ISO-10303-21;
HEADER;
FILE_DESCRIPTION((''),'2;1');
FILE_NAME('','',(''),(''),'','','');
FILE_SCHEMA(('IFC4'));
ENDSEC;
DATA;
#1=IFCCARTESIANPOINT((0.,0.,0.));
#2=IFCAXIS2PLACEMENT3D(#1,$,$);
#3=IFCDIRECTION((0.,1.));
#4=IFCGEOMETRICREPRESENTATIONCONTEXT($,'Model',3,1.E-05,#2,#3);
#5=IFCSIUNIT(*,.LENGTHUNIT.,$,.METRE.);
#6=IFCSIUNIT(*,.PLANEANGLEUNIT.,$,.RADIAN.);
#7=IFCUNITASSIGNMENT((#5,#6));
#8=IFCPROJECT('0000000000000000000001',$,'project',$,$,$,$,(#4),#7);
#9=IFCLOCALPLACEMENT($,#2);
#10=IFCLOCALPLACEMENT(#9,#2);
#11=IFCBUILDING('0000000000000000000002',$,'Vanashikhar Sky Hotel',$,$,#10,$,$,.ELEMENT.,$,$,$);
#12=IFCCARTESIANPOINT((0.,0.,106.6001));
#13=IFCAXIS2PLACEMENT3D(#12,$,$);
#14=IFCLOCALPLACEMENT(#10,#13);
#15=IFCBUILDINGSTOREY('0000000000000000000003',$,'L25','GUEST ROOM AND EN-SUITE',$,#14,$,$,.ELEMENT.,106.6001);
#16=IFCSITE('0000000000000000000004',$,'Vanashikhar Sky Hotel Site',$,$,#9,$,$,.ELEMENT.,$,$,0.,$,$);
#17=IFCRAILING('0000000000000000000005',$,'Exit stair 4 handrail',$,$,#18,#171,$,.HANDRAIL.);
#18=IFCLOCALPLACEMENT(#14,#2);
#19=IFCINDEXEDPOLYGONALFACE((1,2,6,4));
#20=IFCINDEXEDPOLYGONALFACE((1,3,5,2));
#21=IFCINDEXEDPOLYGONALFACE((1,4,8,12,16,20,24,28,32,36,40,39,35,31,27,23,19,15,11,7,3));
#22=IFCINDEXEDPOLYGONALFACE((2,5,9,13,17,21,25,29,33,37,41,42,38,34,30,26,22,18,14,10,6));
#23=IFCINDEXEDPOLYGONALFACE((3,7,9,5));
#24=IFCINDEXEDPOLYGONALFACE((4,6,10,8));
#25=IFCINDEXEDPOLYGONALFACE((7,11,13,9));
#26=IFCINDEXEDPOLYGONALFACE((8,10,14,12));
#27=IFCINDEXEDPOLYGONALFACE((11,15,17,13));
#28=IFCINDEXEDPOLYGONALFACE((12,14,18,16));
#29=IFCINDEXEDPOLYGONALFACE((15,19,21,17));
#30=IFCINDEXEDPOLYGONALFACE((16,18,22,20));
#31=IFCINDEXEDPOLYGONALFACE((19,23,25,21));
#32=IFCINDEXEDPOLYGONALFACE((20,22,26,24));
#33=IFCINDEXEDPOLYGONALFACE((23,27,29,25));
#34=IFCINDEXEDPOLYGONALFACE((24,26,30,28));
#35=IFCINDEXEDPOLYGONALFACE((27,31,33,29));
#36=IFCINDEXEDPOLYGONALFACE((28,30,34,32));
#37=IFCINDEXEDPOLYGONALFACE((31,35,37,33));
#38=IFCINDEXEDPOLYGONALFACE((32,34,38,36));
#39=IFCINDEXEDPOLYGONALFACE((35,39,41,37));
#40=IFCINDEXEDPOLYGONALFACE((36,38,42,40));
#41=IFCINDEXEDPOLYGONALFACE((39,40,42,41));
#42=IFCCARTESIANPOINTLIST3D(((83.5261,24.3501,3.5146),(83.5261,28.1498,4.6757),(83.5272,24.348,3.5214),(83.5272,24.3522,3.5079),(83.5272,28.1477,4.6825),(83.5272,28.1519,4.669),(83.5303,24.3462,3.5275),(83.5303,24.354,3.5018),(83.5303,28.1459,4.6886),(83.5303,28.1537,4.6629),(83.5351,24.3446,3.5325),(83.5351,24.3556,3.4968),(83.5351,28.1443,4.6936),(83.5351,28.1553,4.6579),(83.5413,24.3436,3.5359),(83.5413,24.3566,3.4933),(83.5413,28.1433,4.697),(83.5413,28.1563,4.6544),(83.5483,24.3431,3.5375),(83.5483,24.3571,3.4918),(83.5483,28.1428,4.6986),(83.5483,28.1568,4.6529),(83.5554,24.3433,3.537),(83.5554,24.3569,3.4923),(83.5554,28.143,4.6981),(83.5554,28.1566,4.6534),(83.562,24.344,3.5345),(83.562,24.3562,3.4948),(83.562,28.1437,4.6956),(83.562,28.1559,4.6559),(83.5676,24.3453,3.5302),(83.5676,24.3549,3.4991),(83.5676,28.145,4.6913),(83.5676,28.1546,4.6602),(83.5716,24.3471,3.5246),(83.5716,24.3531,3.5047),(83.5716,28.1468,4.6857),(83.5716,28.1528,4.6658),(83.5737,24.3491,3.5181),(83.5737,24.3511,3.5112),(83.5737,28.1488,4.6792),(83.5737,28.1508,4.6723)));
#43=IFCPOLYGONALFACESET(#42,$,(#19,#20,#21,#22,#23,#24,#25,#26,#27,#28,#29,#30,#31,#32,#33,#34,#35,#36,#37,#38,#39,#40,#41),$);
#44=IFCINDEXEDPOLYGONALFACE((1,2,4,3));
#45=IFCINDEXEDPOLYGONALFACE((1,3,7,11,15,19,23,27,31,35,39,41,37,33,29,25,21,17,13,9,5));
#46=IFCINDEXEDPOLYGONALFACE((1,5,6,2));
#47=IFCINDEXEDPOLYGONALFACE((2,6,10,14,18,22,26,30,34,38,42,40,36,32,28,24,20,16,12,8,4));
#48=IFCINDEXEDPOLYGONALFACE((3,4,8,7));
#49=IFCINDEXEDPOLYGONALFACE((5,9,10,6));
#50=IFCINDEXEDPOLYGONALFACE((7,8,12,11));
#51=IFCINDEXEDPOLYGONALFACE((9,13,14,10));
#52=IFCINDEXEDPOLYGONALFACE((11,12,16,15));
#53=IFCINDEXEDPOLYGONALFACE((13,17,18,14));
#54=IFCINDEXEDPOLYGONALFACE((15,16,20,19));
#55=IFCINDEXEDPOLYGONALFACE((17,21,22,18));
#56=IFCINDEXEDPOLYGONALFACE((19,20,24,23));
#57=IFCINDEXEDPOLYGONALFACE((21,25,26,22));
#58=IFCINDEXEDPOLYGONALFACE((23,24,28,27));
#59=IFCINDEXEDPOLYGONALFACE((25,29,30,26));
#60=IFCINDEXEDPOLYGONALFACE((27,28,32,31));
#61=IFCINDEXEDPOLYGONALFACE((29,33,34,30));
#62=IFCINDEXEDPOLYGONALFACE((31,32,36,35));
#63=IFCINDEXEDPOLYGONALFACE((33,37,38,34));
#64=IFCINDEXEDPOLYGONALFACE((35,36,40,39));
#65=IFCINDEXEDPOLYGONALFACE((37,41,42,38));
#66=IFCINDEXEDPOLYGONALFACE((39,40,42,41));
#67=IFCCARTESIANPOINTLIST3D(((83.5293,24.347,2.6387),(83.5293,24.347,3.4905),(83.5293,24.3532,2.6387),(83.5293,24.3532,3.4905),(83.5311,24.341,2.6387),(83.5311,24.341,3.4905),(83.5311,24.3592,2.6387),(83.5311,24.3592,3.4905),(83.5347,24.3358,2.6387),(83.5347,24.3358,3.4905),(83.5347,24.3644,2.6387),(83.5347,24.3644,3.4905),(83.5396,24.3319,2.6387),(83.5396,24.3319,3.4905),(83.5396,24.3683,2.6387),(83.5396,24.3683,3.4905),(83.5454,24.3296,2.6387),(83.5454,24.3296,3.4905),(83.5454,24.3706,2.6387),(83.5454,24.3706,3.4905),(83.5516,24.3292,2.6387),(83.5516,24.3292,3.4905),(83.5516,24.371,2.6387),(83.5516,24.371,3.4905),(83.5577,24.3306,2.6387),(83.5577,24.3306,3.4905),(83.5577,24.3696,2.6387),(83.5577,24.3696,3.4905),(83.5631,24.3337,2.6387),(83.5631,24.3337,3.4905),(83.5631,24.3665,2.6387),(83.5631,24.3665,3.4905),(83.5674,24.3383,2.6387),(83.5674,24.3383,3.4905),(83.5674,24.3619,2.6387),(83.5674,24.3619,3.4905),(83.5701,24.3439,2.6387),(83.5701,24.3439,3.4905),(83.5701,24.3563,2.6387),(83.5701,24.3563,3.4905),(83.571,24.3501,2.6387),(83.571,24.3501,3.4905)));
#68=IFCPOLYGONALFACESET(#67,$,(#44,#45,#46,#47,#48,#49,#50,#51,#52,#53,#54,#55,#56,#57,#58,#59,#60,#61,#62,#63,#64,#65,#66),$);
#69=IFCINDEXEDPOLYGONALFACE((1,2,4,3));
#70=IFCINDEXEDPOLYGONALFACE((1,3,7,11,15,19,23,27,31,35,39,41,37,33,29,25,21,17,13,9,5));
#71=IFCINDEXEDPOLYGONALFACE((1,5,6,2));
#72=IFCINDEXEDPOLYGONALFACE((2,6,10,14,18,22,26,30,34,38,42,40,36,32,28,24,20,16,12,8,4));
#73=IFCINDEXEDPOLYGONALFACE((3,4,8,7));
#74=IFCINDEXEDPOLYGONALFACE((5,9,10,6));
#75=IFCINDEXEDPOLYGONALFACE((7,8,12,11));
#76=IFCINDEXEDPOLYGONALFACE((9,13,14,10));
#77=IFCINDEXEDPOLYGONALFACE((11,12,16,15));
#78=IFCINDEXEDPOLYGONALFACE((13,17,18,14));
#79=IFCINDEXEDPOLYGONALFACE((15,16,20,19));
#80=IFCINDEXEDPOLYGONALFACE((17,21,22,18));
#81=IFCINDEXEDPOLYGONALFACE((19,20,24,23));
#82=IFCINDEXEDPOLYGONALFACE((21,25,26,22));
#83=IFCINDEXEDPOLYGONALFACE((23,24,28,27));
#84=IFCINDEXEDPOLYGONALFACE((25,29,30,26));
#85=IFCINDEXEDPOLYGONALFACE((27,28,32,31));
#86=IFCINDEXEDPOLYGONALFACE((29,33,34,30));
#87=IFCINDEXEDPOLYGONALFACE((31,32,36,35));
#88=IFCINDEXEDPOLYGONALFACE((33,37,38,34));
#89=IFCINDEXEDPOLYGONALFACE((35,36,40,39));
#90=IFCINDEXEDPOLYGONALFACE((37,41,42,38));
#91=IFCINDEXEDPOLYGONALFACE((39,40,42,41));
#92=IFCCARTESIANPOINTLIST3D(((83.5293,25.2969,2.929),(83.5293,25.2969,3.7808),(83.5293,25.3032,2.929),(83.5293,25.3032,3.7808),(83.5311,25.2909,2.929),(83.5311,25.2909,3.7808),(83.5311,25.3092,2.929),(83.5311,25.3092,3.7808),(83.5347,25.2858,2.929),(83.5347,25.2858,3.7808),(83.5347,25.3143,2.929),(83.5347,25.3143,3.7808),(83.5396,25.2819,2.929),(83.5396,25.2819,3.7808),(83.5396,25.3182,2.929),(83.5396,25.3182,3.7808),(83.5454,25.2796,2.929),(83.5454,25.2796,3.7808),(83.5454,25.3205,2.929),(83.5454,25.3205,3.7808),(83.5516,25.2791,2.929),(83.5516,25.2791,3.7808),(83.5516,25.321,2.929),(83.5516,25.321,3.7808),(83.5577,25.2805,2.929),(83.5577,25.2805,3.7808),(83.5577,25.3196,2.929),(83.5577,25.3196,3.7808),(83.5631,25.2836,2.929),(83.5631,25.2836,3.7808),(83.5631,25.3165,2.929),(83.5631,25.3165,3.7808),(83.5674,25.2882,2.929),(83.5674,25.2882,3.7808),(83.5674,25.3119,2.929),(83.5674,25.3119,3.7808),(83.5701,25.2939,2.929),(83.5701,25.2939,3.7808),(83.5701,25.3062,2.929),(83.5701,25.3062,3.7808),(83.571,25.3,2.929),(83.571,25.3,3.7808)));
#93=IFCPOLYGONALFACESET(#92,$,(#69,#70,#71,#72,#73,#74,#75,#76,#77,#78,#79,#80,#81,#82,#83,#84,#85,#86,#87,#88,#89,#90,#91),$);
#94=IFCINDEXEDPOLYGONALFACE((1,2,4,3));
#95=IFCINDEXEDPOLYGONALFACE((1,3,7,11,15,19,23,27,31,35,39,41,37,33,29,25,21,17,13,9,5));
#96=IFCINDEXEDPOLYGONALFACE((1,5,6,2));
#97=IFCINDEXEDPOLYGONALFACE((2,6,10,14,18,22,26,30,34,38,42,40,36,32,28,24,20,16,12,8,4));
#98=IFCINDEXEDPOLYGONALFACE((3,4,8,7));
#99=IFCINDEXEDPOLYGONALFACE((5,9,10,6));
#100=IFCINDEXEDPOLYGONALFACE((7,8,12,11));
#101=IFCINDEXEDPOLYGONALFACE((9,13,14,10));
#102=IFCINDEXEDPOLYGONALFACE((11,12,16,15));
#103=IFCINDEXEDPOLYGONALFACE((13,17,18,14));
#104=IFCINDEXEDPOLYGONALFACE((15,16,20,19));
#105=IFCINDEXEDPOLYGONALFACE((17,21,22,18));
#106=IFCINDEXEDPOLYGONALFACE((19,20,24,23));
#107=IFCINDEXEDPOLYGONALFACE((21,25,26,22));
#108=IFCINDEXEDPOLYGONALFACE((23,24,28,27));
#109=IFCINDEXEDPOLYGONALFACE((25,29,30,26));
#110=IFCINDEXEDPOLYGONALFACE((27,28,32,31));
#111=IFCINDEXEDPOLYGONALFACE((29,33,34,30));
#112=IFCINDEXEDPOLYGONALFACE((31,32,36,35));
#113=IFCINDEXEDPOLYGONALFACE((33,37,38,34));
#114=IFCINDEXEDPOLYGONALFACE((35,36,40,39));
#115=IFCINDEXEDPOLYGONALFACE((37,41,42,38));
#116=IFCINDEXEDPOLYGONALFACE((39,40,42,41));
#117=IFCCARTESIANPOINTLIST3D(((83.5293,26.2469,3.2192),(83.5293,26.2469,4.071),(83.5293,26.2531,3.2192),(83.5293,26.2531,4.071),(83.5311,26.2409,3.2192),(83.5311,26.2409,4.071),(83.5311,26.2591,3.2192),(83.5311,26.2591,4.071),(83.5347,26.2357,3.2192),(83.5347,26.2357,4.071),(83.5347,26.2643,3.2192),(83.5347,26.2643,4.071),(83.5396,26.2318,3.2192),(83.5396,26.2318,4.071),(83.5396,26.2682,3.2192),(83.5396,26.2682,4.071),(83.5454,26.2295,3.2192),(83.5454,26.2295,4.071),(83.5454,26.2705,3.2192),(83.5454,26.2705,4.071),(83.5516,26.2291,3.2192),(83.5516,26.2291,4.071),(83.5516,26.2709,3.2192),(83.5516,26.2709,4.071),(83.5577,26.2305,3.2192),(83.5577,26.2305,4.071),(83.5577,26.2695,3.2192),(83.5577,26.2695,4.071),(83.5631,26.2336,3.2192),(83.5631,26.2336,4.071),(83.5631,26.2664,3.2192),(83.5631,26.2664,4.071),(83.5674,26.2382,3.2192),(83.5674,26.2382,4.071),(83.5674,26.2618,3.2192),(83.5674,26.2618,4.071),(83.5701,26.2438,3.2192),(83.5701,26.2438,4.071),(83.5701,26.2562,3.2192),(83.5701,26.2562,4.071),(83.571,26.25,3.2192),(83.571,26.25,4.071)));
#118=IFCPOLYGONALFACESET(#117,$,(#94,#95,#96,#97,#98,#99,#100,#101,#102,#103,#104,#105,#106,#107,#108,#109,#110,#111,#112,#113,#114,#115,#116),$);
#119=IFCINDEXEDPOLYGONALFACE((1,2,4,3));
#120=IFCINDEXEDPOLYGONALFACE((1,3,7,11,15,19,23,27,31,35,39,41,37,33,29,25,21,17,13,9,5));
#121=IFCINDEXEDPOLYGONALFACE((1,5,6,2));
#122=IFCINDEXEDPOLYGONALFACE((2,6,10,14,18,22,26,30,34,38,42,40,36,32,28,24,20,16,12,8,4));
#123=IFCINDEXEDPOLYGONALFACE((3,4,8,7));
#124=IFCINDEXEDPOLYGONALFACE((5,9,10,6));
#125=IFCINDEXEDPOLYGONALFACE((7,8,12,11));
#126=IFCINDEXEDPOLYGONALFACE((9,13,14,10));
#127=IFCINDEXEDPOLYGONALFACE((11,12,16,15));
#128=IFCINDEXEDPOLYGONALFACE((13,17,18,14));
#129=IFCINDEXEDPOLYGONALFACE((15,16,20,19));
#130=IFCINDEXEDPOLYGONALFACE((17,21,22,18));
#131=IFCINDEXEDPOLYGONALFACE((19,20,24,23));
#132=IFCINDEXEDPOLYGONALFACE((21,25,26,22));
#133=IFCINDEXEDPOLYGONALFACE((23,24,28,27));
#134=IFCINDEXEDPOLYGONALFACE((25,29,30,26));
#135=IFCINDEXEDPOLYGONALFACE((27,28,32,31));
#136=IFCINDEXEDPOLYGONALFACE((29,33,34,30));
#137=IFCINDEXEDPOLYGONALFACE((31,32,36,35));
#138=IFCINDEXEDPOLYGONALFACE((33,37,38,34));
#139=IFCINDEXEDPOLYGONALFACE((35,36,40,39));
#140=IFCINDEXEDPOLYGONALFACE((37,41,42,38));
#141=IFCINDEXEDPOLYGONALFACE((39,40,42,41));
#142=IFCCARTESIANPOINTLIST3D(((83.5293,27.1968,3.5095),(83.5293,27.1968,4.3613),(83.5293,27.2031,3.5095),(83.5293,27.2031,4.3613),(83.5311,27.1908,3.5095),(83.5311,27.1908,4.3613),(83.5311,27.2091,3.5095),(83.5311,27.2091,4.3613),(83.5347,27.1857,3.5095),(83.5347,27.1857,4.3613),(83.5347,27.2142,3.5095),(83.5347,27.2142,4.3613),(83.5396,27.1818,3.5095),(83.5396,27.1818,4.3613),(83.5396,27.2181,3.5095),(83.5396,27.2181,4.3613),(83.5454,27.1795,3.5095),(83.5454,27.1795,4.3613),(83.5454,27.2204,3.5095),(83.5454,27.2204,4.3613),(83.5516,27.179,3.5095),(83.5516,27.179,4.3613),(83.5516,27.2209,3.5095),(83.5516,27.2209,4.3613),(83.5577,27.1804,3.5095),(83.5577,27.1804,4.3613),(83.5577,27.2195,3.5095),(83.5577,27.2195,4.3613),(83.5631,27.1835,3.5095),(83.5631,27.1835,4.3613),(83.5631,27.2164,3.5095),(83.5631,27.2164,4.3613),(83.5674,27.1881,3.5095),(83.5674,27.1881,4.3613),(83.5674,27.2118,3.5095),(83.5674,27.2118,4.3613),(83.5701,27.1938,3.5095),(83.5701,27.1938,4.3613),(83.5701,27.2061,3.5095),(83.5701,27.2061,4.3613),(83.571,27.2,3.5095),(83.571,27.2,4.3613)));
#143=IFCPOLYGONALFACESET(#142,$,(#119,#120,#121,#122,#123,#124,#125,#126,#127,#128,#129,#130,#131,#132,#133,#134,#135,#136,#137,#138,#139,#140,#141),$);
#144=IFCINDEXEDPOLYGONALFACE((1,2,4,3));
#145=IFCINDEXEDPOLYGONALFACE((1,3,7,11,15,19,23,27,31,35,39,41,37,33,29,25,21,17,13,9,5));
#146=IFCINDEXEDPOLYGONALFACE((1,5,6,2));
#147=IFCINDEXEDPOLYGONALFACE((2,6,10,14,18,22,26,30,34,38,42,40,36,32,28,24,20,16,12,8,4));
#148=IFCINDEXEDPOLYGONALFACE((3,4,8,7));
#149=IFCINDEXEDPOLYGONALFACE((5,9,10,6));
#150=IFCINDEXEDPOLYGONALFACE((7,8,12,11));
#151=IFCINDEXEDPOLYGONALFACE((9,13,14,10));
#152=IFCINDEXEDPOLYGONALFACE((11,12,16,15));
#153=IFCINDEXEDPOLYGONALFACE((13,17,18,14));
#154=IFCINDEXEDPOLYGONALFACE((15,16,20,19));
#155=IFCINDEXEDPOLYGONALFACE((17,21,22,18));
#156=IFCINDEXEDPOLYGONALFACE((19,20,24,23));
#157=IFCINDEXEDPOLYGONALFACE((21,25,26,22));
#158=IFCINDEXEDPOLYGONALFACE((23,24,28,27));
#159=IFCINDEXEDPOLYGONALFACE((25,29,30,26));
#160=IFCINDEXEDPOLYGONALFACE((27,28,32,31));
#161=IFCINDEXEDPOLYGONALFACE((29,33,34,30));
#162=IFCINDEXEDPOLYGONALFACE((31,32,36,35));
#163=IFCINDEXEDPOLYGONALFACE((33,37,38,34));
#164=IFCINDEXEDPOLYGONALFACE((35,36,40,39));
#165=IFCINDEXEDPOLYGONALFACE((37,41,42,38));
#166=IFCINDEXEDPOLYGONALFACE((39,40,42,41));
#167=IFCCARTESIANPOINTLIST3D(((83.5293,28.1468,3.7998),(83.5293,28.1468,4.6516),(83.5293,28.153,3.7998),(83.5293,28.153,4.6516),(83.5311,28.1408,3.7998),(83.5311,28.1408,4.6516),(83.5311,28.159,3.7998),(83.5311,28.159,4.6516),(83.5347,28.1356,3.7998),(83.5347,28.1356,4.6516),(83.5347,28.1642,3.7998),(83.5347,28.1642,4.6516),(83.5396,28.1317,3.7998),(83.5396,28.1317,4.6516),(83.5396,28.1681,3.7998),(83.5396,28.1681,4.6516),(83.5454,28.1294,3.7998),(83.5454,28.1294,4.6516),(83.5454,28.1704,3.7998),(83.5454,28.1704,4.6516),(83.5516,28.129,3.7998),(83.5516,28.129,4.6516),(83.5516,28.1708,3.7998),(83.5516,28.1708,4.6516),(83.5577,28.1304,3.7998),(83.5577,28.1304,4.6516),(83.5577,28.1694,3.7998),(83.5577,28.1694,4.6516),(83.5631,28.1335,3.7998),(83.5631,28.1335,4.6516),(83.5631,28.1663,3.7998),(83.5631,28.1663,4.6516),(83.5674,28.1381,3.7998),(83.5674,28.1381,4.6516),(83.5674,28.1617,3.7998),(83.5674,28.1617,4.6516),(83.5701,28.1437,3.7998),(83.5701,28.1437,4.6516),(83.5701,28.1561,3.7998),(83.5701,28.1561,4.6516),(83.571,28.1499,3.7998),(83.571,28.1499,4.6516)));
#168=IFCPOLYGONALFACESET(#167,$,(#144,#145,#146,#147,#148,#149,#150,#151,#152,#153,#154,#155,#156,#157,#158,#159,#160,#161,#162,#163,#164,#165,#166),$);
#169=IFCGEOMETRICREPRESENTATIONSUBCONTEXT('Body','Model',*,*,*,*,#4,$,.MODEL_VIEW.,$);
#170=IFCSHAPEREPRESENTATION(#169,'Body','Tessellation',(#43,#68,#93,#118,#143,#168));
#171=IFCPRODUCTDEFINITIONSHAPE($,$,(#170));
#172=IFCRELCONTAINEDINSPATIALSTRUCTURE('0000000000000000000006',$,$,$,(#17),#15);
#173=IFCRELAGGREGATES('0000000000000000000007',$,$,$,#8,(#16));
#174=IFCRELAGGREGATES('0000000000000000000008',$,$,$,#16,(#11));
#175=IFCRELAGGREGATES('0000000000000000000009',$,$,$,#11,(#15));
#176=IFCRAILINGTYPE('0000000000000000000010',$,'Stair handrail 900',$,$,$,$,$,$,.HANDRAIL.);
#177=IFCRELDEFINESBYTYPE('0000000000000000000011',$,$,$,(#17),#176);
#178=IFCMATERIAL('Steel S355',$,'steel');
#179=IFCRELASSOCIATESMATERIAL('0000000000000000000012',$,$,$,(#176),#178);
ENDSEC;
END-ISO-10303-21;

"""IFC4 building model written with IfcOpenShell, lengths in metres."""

from ifc_helpers import new_model, si_unit, direction, frame, origin, origin_2d, place, context, subcontext, project, spatial, circle, extrude, source, transform, mapped, material, type_object, element, save


model = new_model("IFC4")

# Units and contexts
model_context = context("Model", 3, precision=1e-05, world=origin(), true_north=direction((0.0, 1.0)))
body_context = subcontext(model_context, "Body", "Model", "MODEL_VIEW")
ifc_project = project(units=[si_unit("LENGTHUNIT", "METRE"), si_unit("PLANEANGLEUNIT", "RADIAN")], contexts=[model_context])

# Site, building, storey
site_placement = place(None, origin())
site = spatial("IfcSite", under=ifc_project, at=site_placement, Name="Vanashikhar Sky Hotel Site", CompositionType="ELEMENT", RefElevation=0.0)
building_placement = place(site_placement, origin())
building = spatial("IfcBuilding", under=site, at=building_placement, Name="Vanashikhar Sky Hotel", CompositionType="ELEMENT")
storey_placement = place(building_placement, frame((0.0, 0.0, 106.6001)))
storey = spatial("IfcBuildingStorey", under=building, at=storey_placement, Name="L25", Description="GUEST ROOM AND EN-SUITE", CompositionType="ELEMENT", Elevation=106.6001)

# Railing
ifc_material_1 = material(Name="Steel S355", Category="steel")
railing_type_1 = type_object("IfcRailingType", Name="Stair handrail 900", PredefinedType="HANDRAIL", material=ifc_material_1)
shared_shape_1 = source(origin(), body_context, "Body", "SweptSolid", [
    extrude(circle(Radius=0.0239, at=origin_2d()), frame((0.0, 0.0, 0.876), z_axis=(0.0, 0.956346, 0.292237), x_axis=(-1.0, 0.0, 0.0)), (0.0, 0.0, 1.0), 3.9731),
    extrude(circle(Radius=0.021, at=origin_2d()), origin(), (0.0, 0.0, 1.0), 0.8518),
    extrude(circle(Radius=0.021, at=origin_2d()), frame((0.0, 0.95, 0.2903)), (0.0, 0.0, 1.0), 0.8518),
    extrude(circle(Radius=0.021, at=origin_2d()), frame((0.0, 1.8999, 0.5806)), (0.0, 0.0, 1.0), 0.8518),
    extrude(circle(Radius=0.021, at=origin_2d()), frame((0.0, 2.8499, 0.8708)), (0.0, 0.0, 1.0), 0.8518),
    extrude(circle(Radius=0.021, at=origin_2d()), frame((0.0, 3.7998, 1.1611)), (0.0, 0.0, 1.0), 0.8518),
])
for number, where, name in (
    (1, (83.55, 24.3501, 2.6387), "Exit stair 4 handrail"),
):
    element("IfcRailing", number, at=place(storey_placement, frame(where)), inside=storey, type_object=railing_type_1, Name=name, PredefinedType="HANDRAIL", context=body_context, shape_type="MappedRepresentation", body=[
        mapped(shared_shape_1, transform((0.0, 0.0, 0.0), scale=1.0)),
    ])

save(model, "model.ifc")
